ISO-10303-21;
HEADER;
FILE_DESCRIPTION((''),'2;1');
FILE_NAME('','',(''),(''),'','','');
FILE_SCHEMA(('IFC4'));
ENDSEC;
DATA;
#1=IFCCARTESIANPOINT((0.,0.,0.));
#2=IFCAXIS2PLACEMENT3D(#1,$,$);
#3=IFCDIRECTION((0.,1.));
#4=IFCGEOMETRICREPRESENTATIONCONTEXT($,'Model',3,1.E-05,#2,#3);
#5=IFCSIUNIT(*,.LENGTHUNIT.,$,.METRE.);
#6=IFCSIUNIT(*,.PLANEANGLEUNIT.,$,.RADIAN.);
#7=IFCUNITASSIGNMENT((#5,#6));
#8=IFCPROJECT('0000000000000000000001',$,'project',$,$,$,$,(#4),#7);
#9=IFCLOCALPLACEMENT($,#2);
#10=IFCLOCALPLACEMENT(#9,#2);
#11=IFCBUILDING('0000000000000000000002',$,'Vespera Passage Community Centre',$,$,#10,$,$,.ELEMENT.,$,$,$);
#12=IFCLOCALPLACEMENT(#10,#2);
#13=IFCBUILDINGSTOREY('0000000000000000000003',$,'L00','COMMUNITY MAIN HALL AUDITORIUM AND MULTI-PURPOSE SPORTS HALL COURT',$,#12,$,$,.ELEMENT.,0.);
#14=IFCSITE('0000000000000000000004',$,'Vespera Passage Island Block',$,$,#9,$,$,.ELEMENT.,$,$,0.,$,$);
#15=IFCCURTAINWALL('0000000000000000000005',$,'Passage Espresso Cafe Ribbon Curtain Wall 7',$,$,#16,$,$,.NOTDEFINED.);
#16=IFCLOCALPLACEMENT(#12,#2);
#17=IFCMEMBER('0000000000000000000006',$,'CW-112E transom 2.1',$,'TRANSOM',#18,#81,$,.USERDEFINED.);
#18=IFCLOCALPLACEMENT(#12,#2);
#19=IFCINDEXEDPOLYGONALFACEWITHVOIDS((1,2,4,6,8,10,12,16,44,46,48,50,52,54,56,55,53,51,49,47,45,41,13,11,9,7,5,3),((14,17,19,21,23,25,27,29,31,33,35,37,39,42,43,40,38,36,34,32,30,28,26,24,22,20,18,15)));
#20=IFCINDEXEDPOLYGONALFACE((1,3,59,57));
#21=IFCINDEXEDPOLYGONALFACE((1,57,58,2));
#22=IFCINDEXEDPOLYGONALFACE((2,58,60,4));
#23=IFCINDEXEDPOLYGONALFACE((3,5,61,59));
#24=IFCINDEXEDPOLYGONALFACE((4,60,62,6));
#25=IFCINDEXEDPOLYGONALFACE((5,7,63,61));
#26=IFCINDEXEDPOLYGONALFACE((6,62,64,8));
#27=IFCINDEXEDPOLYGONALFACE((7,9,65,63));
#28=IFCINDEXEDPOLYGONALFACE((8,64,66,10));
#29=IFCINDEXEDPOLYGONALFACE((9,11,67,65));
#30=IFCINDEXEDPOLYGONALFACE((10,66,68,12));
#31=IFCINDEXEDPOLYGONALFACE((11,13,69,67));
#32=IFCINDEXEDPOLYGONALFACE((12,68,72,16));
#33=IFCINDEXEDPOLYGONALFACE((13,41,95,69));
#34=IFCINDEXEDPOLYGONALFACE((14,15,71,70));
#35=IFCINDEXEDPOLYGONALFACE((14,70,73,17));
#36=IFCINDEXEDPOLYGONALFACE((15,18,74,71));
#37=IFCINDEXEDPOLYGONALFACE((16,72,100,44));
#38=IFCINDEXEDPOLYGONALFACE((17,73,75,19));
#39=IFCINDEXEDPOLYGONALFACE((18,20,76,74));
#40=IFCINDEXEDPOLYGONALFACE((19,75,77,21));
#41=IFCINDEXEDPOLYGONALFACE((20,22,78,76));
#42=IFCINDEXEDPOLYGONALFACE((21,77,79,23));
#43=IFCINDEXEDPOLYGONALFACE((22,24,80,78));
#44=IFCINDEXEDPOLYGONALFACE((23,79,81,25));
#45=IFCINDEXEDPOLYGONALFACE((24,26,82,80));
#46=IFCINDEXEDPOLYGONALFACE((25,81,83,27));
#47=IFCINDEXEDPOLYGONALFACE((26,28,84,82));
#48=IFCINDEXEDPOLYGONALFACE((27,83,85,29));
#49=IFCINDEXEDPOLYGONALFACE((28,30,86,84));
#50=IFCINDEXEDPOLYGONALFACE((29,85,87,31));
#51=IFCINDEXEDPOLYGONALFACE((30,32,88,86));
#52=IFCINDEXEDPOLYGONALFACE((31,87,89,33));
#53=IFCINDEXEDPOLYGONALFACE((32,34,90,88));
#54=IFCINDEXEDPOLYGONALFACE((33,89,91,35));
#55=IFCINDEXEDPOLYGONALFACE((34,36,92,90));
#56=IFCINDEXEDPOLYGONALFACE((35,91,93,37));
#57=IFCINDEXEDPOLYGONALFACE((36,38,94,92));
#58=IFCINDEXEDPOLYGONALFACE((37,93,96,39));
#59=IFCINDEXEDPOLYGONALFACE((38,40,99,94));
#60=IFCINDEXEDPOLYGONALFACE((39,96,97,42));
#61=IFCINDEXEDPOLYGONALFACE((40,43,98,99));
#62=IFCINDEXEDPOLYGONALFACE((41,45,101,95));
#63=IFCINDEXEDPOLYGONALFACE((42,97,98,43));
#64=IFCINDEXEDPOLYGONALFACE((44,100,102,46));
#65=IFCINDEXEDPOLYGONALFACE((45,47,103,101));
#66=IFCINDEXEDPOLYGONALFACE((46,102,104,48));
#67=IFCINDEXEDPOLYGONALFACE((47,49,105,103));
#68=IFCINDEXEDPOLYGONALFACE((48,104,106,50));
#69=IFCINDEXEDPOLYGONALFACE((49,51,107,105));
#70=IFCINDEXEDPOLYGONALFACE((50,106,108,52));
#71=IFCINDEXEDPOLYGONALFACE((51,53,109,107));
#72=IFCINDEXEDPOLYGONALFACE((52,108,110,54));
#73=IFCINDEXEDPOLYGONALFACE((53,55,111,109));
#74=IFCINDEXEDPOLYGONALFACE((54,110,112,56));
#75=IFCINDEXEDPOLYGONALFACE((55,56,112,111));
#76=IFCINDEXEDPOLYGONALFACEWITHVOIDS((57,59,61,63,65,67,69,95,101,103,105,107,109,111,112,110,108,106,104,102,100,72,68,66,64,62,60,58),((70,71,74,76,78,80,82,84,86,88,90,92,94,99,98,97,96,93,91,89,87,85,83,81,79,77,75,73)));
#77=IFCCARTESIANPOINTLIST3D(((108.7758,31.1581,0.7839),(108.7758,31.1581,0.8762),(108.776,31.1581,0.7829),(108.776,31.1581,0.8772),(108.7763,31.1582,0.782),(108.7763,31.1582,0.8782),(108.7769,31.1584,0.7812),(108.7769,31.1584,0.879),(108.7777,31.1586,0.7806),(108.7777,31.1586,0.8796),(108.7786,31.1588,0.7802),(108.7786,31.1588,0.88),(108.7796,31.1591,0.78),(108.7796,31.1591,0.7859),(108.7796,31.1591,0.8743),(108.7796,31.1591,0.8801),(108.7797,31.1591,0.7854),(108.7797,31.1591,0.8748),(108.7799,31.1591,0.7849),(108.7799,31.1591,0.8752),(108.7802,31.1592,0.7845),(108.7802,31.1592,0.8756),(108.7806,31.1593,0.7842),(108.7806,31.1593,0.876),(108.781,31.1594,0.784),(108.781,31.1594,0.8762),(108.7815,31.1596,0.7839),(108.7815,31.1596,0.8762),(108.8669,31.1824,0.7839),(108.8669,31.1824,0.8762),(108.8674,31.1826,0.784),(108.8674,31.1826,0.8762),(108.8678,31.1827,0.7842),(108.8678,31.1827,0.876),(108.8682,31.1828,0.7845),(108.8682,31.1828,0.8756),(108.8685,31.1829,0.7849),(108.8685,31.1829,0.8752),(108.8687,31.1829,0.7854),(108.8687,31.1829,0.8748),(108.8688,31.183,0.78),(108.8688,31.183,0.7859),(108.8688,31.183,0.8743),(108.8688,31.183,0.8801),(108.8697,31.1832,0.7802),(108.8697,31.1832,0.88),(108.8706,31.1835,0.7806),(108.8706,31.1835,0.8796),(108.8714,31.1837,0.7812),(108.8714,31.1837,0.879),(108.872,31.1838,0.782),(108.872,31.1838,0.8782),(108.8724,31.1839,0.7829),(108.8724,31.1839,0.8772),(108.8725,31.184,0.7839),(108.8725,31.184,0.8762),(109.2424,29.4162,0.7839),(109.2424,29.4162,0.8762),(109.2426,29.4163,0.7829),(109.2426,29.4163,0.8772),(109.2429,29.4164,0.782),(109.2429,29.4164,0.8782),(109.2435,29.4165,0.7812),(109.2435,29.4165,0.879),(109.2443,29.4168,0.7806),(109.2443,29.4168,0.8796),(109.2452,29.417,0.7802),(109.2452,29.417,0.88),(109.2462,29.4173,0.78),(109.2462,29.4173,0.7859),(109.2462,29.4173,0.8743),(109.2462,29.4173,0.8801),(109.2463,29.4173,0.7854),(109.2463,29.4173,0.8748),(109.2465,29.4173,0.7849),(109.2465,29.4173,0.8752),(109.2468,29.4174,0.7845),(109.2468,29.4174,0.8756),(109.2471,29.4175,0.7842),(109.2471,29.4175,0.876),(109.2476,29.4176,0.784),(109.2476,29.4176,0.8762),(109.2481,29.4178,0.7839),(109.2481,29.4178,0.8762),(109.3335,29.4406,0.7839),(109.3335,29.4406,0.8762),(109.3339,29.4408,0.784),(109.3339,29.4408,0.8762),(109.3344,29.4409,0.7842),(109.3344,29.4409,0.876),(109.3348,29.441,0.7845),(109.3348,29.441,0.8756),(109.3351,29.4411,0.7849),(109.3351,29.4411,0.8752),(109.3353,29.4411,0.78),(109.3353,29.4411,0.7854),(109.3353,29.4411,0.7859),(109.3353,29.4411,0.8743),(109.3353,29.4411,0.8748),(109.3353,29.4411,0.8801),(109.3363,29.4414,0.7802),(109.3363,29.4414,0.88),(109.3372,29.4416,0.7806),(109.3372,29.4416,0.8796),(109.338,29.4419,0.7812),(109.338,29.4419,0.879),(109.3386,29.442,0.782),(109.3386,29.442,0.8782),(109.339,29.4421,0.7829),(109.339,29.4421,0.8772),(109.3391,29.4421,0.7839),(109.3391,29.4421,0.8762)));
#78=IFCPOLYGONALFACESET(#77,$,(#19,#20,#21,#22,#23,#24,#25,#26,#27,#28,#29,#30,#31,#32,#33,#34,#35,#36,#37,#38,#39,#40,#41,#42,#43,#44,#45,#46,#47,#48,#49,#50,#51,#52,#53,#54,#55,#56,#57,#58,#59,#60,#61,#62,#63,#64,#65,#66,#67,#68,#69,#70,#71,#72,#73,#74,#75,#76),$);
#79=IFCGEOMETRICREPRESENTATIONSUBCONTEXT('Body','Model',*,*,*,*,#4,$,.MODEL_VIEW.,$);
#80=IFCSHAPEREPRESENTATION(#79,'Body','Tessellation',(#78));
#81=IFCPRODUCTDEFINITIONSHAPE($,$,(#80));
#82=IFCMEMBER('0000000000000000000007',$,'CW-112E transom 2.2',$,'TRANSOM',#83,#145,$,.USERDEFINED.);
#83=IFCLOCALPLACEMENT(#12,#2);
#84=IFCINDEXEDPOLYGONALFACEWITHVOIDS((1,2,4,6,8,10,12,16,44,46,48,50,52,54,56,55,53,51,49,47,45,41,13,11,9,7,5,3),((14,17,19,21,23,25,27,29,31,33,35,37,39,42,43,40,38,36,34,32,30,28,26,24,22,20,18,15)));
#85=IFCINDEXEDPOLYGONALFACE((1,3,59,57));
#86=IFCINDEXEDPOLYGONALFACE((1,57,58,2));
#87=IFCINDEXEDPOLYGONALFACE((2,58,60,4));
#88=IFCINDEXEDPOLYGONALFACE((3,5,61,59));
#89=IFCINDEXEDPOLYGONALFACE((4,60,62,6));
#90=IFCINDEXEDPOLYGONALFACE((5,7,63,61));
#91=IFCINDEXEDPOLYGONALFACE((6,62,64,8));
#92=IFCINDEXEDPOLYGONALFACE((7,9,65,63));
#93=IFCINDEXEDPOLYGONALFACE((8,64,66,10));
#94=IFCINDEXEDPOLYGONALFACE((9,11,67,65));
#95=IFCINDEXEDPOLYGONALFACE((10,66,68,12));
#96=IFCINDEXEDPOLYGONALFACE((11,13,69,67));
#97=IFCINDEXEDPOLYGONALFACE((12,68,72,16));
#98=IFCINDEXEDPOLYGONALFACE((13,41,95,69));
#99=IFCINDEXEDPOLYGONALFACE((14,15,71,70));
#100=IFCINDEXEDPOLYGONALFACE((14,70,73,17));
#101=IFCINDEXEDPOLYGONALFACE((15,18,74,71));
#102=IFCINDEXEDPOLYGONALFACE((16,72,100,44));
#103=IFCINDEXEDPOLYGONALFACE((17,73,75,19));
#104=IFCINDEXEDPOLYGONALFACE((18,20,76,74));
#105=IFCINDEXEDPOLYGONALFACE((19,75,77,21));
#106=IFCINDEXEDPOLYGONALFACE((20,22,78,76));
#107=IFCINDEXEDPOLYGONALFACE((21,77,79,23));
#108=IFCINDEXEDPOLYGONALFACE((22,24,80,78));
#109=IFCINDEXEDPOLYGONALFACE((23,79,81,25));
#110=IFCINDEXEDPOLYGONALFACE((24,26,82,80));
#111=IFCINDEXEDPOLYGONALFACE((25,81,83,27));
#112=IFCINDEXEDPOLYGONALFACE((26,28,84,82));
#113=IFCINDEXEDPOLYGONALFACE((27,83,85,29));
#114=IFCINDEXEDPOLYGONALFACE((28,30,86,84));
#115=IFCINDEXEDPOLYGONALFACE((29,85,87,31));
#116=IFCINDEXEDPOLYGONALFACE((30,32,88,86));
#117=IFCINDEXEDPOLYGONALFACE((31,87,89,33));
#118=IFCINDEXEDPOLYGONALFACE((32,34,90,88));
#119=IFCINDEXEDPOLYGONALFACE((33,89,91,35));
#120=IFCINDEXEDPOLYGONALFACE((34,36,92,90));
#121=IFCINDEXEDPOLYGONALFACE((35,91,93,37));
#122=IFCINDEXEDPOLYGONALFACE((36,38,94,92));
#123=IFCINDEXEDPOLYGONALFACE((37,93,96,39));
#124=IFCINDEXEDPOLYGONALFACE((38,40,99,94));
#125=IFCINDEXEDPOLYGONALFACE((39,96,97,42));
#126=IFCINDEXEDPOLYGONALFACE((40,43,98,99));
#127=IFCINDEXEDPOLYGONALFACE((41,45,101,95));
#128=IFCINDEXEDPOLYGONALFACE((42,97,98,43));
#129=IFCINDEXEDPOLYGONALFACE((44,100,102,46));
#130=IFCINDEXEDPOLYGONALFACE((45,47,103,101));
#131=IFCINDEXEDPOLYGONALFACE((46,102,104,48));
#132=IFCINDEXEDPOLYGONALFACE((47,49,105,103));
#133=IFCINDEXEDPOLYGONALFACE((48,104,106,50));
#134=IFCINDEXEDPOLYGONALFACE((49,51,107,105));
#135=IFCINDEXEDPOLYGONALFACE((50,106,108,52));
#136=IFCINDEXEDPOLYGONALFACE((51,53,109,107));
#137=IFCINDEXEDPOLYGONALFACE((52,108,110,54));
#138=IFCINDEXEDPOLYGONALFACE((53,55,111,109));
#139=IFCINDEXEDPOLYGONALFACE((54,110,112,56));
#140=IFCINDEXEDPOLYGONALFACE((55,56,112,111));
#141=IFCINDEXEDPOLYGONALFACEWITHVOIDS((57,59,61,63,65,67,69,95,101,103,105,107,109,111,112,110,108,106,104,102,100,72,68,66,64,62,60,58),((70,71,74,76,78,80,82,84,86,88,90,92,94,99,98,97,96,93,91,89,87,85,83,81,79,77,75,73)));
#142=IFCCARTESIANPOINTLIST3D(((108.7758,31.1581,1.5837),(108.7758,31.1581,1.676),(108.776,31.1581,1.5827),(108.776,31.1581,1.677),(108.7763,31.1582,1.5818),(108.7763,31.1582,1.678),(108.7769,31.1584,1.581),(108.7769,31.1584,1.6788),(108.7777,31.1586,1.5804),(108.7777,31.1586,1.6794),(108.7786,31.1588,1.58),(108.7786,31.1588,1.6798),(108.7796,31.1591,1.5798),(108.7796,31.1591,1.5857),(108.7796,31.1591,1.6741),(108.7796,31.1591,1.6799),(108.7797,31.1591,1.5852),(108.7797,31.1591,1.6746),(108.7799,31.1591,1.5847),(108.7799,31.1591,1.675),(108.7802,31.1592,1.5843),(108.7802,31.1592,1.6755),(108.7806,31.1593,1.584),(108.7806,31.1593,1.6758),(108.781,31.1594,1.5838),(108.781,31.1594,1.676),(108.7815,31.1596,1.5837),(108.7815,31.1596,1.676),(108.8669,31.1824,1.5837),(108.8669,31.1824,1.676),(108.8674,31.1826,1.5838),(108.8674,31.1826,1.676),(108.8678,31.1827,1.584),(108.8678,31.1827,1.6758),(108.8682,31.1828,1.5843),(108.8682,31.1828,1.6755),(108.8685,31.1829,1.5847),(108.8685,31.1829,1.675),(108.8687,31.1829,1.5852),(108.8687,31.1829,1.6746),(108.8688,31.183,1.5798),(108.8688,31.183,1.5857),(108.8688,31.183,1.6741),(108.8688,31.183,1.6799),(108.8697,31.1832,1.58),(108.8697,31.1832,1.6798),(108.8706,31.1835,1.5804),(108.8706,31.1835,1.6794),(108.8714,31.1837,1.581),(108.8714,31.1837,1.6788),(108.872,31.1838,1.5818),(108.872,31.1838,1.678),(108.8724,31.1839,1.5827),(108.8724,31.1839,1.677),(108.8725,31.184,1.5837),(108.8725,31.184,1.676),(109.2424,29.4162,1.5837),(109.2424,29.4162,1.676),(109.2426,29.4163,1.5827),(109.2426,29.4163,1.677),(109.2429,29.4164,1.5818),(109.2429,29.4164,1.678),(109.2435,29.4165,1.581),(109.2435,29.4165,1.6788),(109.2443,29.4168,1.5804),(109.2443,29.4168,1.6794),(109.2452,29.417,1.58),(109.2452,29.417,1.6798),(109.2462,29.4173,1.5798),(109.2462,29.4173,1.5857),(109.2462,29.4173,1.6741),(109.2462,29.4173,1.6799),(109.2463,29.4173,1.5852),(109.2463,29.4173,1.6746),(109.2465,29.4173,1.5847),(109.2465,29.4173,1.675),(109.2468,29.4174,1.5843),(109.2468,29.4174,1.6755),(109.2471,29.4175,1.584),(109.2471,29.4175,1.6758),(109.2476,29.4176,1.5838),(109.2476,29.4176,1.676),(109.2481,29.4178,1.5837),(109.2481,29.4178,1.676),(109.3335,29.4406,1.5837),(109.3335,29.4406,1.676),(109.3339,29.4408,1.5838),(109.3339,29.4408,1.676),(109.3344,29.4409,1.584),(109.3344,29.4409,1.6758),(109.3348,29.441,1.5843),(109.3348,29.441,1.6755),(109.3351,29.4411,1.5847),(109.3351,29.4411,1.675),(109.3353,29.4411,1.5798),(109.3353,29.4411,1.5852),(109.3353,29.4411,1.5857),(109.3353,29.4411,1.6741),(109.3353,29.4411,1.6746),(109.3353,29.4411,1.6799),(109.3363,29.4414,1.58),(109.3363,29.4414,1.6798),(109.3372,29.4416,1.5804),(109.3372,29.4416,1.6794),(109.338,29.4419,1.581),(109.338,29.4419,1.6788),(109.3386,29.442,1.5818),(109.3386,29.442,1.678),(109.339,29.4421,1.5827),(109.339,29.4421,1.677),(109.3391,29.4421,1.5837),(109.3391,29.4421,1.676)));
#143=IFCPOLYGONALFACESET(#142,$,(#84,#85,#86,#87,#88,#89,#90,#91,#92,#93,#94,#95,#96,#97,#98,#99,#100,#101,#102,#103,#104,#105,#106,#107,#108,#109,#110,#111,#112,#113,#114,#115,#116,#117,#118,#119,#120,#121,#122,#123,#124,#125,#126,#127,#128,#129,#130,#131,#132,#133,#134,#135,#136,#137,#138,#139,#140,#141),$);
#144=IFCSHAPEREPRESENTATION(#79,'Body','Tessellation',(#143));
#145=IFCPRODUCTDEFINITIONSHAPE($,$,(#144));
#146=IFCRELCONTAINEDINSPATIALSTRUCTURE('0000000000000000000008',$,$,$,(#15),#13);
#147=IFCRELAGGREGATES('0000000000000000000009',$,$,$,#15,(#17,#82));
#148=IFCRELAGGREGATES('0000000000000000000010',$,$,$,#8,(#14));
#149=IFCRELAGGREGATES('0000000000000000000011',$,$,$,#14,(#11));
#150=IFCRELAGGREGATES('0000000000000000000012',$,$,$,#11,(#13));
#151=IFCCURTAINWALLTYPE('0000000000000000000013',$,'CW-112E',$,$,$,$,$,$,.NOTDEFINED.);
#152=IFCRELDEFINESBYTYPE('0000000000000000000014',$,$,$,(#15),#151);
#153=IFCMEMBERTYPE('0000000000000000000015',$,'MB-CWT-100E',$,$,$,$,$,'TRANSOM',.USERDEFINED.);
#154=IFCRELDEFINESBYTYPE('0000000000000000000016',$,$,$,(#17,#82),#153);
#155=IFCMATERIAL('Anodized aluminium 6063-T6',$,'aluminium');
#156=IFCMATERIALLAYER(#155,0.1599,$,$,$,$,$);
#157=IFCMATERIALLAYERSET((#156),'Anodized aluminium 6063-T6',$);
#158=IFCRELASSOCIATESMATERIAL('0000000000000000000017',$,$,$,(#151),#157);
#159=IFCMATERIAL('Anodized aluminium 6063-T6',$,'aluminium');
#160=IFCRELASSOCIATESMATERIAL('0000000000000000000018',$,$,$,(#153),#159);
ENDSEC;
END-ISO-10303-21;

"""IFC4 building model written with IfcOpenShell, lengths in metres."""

from ifc_helpers import new_model, si_unit, direction, frame, origin, origin_2d, place, context, subcontext, project, spatial, hollow_rectangle, extrude, material, layer, layer_set, material_profile, profile_set, type_object, element, aggregate, save


model = new_model("IFC4")

# Units and contexts
model_context = context("Model", 3, precision=1e-05, world=origin(), true_north=direction((0.0, 1.0)))
body_context = subcontext(model_context, "Body", "Model", "MODEL_VIEW")
ifc_project = project(units=[si_unit("LENGTHUNIT", "METRE"), si_unit("PLANEANGLEUNIT", "RADIAN")], contexts=[model_context])

# Site, building, storey
site_placement = place(None, origin())
site = spatial("IfcSite", under=ifc_project, at=site_placement, Name="Vespera Passage Island Block", CompositionType="ELEMENT", RefElevation=0.0)
building_placement = place(site_placement, origin())
building = spatial("IfcBuilding", under=site, at=building_placement, Name="Vespera Passage Community Centre", CompositionType="ELEMENT")
storey_placement = place(building_placement, origin())
storey = spatial("IfcBuildingStorey", under=building, at=storey_placement, Name="L00", Description="COMMUNITY MAIN HALL AUDITORIUM AND MULTI-PURPOSE SPORTS HALL COURT", CompositionType="ELEMENT", Elevation=0.0)

# Curtain wall, members
ifc_material_1 = material(Name="Anodized aluminium 6063-T6", Category="aluminium")
ifc_layer_1 = layer(ifc_material_1, 0.1599)
ifc_layer_set_1 = layer_set([ifc_layer_1], Name="Anodized aluminium 6063-T6")
curtain_wall_type = type_object("IfcCurtainWallType", Name="CW-112E", PredefinedType="NOTDEFINED", material=ifc_layer_set_1)
curtain_wall_placement = place(storey_placement, origin())
curtain_wall = element("IfcCurtainWall", 1, at=curtain_wall_placement, inside=storey, type_object=curtain_wall_type, Name="Passage Espresso Cafe Ribbon Curtain Wall 7", PredefinedType="NOTDEFINED")
ifc_material_2 = material(Name="Anodized aluminium 6063-T6", Category="aluminium")
ifc_material_profile_1 = material_profile(ifc_material_2, hollow_rectangle(XDim=0.1001, YDim=0.1001, WallThickness=0.0039, InnerFilletRadius=0.002, OuterFilletRadius=0.0039, at=origin_2d()), Name="ALU100X100X4")
ifc_profile_set_1 = profile_set([ifc_material_profile_1], Name="Anodized aluminium 6063-T6")
member_type_1 = type_object("IfcMemberType", Name="MB-CWT-100E", ElementType="TRANSOM", PredefinedType="USERDEFINED", material=ifc_profile_set_1)
member_1_placement = place(storey_placement, frame((109.2908, 29.4292, 0.8301), z_axis=(-0.25875, 0.965944, 0.0), x_axis=(-0.965944, -0.25875, 0.0)))
member_1 = element("IfcMember", 2, at=member_1_placement, type_object=member_type_1, Name="CW-112E transom 2.1", ObjectType="TRANSOM", PredefinedType="USERDEFINED", context=body_context, shape_type="SweptSolid", body=[
    extrude(hollow_rectangle(XDim=0.1001, YDim=0.1001, WallThickness=0.0039, InnerFilletRadius=0.002, OuterFilletRadius=0.0039, at=origin_2d()), origin(), (0.0, 0.0, 1.0), 1.8032),
])
member_2_placement = place(storey_placement, frame((109.2908, 29.4292, 1.6299), z_axis=(-0.25875, 0.965944, 0.0), x_axis=(-0.965944, -0.25875, 0.0)))
member_2 = element("IfcMember", 3, at=member_2_placement, type_object=member_type_1, Name="CW-112E transom 2.2", ObjectType="TRANSOM", PredefinedType="USERDEFINED", context=body_context, shape_type="SweptSolid", body=[
    extrude(hollow_rectangle(XDim=0.1001, YDim=0.1001, WallThickness=0.0039, InnerFilletRadius=0.002, OuterFilletRadius=0.0039, at=origin_2d()), origin(), (0.0, 0.0, 1.0), 1.8032),
])
aggregate(curtain_wall, [member_1, member_2])

save(model, "model.ifc")
